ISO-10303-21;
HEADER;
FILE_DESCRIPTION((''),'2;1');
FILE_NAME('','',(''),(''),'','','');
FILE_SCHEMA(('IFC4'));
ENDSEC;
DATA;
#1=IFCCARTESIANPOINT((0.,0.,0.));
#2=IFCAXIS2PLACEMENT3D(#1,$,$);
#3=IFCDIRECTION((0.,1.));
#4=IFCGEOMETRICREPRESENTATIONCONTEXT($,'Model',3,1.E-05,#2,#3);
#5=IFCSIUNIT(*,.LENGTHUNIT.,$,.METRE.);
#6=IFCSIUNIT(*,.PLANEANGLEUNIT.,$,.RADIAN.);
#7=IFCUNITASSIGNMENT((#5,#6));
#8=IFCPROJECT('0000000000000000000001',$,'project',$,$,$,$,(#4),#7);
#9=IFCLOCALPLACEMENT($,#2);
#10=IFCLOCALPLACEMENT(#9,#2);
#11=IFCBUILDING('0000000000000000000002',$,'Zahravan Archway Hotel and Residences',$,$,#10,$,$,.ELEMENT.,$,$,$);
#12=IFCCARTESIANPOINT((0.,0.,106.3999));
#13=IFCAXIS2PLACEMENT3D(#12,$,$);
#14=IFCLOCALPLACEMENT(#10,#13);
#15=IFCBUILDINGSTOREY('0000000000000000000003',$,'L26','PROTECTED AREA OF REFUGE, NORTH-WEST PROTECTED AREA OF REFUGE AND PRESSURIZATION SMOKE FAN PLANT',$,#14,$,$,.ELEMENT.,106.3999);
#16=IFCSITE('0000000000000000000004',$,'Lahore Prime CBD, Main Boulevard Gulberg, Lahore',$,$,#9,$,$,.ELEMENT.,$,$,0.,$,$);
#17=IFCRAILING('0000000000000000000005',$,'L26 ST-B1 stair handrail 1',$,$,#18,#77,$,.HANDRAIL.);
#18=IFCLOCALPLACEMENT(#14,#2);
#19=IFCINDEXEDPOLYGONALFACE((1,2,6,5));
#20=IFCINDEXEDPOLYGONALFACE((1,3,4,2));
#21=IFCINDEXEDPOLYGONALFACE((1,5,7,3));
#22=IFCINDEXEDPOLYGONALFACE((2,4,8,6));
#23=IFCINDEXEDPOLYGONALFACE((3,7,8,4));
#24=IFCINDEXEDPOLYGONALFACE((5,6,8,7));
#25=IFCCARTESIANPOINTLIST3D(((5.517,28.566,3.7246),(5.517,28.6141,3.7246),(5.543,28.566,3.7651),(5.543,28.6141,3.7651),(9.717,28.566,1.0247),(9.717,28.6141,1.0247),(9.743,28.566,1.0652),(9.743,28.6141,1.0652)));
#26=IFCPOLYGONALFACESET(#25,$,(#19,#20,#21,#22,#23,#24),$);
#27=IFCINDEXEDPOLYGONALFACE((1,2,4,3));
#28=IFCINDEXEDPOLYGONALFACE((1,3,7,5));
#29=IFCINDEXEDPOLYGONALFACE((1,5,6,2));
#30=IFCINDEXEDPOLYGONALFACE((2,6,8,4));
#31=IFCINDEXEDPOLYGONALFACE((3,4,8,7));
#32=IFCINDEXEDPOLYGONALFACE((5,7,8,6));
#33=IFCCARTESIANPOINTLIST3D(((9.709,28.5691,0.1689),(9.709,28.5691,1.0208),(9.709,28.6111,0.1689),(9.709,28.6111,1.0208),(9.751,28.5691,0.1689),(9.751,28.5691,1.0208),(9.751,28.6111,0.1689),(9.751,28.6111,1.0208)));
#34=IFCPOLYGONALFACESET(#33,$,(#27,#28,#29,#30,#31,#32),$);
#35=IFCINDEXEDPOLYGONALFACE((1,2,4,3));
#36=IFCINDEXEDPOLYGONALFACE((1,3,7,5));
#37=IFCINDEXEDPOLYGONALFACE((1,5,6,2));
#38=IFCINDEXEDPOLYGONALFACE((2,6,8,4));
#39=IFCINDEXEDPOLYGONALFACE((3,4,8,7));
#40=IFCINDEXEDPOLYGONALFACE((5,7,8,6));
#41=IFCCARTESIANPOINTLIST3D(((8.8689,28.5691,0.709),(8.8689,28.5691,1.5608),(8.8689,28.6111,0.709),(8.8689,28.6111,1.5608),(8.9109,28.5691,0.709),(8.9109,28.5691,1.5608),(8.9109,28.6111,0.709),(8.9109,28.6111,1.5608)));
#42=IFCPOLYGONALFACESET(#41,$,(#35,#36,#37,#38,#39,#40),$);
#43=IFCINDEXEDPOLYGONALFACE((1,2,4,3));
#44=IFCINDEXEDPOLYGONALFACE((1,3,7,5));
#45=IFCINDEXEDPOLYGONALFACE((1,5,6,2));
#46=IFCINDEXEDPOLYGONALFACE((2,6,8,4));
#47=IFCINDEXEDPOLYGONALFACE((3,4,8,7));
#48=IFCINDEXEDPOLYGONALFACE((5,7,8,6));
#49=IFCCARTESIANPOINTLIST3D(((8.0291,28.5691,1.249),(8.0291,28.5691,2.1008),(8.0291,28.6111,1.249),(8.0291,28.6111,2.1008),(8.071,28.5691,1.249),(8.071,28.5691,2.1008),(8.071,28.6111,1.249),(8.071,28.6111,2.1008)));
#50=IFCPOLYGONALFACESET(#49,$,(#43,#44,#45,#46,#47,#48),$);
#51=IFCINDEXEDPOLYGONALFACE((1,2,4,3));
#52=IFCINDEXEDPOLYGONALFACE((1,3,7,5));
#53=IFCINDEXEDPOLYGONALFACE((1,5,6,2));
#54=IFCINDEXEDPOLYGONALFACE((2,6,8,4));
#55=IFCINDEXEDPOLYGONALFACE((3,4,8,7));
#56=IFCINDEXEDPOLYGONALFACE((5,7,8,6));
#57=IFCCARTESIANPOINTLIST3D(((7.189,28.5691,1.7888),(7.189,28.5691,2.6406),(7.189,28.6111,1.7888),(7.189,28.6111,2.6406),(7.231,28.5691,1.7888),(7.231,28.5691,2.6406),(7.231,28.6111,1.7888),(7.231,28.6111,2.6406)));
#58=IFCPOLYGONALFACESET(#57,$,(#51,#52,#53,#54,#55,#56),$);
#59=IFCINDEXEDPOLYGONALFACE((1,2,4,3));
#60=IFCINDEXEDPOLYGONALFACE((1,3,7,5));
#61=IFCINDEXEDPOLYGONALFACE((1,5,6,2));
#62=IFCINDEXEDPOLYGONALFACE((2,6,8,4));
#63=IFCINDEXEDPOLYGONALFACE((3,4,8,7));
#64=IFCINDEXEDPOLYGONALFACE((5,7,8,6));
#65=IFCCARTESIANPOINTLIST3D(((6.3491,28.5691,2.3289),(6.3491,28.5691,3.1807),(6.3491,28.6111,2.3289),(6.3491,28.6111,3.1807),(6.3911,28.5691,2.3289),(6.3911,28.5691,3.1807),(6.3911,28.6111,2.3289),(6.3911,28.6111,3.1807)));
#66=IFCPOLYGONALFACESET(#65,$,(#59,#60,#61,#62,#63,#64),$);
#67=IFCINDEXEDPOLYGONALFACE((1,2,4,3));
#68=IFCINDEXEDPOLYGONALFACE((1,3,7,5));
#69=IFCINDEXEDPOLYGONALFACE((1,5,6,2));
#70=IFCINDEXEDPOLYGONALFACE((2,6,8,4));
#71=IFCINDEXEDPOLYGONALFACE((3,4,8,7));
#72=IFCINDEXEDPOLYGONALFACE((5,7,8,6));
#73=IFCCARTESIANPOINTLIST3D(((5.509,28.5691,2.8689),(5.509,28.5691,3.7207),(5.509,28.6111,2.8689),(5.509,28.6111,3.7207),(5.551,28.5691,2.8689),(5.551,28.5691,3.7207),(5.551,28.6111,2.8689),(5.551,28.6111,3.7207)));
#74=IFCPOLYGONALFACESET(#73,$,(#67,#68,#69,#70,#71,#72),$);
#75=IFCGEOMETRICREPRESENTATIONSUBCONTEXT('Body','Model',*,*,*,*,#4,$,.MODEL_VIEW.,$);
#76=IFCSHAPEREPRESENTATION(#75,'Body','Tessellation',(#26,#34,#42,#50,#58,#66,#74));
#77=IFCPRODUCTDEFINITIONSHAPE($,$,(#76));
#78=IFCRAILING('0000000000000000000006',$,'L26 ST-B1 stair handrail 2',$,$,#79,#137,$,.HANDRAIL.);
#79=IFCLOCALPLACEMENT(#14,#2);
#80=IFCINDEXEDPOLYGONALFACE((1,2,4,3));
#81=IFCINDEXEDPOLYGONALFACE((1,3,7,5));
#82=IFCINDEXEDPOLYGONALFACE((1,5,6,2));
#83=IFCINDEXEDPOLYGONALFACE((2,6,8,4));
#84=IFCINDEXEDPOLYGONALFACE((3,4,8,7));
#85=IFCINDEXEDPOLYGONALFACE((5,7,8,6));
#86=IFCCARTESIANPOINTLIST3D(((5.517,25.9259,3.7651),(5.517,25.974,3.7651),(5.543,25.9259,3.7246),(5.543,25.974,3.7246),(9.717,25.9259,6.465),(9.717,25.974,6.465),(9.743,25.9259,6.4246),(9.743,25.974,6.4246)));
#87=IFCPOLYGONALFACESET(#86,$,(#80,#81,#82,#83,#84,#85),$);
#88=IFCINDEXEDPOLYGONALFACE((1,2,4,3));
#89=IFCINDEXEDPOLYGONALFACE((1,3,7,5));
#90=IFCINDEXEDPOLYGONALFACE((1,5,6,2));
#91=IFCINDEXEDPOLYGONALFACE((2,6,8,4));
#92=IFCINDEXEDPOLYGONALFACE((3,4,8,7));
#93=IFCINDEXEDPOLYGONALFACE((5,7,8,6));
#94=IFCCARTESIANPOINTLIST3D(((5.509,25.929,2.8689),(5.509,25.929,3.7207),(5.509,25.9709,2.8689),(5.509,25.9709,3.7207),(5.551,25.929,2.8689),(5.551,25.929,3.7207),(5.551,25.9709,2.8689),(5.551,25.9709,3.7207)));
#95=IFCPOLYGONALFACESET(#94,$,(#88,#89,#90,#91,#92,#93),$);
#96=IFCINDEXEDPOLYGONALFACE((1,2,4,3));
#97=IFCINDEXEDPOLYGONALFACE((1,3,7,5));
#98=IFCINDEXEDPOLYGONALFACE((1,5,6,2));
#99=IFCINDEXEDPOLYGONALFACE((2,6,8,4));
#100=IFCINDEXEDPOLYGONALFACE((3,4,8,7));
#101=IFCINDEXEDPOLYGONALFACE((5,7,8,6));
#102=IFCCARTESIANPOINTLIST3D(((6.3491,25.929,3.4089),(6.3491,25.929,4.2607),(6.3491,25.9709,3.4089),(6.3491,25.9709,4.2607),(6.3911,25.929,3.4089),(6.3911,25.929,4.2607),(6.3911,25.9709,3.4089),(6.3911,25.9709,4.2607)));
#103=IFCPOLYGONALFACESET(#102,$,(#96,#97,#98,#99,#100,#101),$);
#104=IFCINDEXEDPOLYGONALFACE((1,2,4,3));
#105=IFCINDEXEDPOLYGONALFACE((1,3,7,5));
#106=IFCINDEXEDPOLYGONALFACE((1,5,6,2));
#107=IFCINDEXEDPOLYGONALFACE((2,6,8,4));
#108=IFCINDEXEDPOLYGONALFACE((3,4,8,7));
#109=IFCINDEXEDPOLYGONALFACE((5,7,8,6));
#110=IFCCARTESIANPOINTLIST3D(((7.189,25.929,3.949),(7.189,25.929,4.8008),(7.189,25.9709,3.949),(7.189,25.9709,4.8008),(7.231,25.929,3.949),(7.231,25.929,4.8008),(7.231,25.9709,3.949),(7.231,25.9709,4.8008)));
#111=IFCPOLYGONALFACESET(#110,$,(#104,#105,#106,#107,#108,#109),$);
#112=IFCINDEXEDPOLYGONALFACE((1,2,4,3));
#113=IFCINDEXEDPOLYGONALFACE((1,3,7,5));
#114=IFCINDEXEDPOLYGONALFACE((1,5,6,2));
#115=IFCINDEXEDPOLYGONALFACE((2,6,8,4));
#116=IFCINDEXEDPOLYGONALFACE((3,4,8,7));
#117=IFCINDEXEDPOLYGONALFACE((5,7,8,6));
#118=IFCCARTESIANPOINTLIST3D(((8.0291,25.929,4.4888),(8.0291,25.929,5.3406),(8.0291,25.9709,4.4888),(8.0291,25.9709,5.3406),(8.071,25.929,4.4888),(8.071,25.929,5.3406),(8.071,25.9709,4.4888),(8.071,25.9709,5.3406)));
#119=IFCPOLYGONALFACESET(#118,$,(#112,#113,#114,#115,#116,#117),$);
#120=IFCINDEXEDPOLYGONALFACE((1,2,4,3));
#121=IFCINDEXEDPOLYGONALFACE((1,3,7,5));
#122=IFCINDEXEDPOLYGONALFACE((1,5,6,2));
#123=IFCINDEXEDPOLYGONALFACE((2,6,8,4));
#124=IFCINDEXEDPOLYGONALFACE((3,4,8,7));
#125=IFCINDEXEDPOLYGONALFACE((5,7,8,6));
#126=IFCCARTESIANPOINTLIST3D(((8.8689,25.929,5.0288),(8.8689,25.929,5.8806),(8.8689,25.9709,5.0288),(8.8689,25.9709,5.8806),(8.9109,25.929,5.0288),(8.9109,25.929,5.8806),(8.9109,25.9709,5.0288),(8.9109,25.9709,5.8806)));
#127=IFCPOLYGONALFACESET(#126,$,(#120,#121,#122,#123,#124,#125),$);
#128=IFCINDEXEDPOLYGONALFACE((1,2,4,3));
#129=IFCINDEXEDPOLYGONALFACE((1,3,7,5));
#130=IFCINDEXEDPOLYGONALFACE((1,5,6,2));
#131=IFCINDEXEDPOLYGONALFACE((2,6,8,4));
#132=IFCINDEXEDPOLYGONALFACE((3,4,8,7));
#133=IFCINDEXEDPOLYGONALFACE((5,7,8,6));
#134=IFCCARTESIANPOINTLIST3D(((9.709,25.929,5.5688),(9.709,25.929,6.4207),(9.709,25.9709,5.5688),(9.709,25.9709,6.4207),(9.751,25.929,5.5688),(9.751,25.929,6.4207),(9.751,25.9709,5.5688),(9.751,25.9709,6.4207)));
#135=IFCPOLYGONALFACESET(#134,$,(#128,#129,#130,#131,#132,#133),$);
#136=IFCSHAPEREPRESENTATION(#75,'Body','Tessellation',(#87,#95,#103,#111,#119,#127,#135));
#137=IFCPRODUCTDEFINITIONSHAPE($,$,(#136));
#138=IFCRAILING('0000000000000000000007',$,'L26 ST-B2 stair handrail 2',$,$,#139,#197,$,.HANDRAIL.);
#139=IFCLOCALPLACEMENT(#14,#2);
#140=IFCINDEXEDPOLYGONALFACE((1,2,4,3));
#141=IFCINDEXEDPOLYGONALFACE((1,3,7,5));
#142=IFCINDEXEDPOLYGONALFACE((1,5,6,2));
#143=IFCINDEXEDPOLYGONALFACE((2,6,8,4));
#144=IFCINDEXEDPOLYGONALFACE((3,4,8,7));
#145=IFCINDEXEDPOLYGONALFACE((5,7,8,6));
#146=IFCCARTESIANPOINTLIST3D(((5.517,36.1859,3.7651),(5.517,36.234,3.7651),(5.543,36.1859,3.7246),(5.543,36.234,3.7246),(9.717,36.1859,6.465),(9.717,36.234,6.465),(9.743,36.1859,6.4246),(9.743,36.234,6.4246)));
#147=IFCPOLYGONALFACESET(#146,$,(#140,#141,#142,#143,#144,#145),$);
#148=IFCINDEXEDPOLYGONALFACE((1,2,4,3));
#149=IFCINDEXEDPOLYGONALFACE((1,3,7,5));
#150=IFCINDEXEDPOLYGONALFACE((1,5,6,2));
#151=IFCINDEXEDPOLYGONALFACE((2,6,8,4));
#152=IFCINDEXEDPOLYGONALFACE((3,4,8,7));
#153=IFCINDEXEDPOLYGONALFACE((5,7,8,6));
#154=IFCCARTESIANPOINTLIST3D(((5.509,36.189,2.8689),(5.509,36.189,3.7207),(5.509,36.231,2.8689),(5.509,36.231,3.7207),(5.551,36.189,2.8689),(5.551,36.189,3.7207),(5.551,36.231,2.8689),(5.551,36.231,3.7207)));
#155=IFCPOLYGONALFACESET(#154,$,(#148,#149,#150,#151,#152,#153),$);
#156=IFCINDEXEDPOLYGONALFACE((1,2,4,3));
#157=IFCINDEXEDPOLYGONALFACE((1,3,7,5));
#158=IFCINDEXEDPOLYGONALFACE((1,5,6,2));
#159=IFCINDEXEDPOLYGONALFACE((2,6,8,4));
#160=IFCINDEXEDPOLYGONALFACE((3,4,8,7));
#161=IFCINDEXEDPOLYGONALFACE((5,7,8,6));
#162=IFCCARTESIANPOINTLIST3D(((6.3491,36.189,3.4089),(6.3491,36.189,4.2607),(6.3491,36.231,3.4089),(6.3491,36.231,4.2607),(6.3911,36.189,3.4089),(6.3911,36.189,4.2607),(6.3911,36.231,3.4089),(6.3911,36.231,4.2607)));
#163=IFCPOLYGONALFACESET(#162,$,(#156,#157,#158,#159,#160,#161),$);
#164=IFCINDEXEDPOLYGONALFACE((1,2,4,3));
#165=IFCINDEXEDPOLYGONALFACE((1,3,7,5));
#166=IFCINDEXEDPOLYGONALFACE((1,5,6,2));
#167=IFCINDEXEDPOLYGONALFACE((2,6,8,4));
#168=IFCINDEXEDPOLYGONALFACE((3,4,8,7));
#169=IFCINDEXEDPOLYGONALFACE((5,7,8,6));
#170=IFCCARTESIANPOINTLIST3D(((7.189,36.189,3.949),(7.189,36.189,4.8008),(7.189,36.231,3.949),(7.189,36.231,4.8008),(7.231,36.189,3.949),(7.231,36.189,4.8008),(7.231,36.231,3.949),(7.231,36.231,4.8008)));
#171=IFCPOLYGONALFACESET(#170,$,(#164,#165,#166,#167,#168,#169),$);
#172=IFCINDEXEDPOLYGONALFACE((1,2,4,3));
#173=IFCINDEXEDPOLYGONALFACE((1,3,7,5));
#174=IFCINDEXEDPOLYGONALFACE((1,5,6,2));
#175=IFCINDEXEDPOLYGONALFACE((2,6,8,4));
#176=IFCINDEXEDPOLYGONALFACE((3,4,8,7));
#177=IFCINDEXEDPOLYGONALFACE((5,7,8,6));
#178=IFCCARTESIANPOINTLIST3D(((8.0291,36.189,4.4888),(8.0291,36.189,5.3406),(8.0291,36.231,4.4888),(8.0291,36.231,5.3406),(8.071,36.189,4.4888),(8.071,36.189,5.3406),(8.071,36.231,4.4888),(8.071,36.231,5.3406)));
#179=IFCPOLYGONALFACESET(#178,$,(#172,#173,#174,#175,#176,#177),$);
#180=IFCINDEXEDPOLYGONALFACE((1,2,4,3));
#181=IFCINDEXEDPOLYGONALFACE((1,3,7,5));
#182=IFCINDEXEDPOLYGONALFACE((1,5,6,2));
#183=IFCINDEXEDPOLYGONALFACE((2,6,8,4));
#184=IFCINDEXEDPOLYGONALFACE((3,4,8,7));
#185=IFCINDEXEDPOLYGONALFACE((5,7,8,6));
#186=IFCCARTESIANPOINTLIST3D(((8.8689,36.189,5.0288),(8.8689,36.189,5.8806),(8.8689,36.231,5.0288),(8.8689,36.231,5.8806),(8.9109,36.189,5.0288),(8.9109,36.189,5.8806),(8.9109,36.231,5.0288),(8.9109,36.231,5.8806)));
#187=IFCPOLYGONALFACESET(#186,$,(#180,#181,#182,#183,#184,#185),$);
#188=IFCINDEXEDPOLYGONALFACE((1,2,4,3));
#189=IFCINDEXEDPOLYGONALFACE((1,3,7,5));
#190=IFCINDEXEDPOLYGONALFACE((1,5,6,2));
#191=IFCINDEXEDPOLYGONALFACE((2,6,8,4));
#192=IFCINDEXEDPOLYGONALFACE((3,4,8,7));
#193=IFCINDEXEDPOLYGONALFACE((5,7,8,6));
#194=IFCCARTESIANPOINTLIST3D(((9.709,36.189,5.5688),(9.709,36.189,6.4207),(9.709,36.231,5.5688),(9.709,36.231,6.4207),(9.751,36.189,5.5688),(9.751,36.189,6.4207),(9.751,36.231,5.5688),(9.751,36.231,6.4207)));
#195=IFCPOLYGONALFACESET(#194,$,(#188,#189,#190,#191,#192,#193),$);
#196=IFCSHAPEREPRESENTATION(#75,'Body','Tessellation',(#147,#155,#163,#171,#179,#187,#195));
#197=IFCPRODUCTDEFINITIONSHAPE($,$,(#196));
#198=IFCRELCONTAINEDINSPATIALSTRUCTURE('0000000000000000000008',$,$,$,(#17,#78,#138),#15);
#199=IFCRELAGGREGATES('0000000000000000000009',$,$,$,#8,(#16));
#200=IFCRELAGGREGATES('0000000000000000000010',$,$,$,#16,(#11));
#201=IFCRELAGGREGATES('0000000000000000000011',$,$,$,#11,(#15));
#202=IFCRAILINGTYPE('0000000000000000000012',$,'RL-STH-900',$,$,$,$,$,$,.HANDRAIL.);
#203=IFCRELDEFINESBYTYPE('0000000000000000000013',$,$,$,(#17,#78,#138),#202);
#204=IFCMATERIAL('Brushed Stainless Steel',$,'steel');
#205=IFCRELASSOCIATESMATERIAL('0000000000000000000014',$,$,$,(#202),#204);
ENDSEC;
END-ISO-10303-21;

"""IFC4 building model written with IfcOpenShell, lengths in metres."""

from ifc_helpers import new_model, si_unit, direction, frame, origin, origin_2d, place, context, subcontext, project, spatial, rectangle, extrude, material, type_object, element, save


model = new_model("IFC4")

# Units and contexts
model_context = context("Model", 3, precision=1e-05, world=origin(), true_north=direction((0.0, 1.0)))
body_context = subcontext(model_context, "Body", "Model", "MODEL_VIEW")
ifc_project = project(units=[si_unit("LENGTHUNIT", "METRE"), si_unit("PLANEANGLEUNIT", "RADIAN")], contexts=[model_context])

# Site, building, storey
site_placement = place(None, origin())
site = spatial("IfcSite", under=ifc_project, at=site_placement, Name="Lahore Prime CBD, Main Boulevard Gulberg, Lahore", CompositionType="ELEMENT", RefElevation=0.0)
building_placement = place(site_placement, origin())
building = spatial("IfcBuilding", under=site, at=building_placement, Name="Zahravan Archway Hotel and Residences", CompositionType="ELEMENT")
storey_placement = place(building_placement, frame((0.0, 0.0, 106.3999)))
storey = spatial("IfcBuildingStorey", under=building, at=storey_placement, Name="L26", Description="PROTECTED AREA OF REFUGE, NORTH-WEST PROTECTED AREA OF REFUGE AND PRESSURIZATION SMOKE FAN PLANT", CompositionType="ELEMENT", Elevation=106.3999)

# Shared definitions
ifc_material_1 = material(Name="Brushed Stainless Steel", Category="steel")

# Railings
railing_type_1 = type_object("IfcRailingType", Name="RL-STH-900", PredefinedType="HANDRAIL", material=ifc_material_1)
railing_1_placement = place(storey_placement, frame((9.73, 28.5901, 0.1689)))
element("IfcRailing", 1, at=railing_1_placement, inside=storey, type_object=railing_type_1, Name="L26 ST-B1 stair handrail 1", PredefinedType="HANDRAIL", context=body_context, shape_type="SweptSolid", body=[
    extrude(rectangle(XDim=0.0481, YDim=0.0481, at=origin_2d()), frame((0.0, 0.0, 0.876), z_axis=(-0.84118, 0.0, 0.540755), x_axis=(0.0, -1.0, 0.0)), (0.0, 0.0, 1.0), 4.9929),
    extrude(rectangle(XDim=0.042, YDim=0.042, at=origin_2d()), origin(), (0.0, 0.0, 1.0), 0.8518),
    extrude(rectangle(XDim=0.042, YDim=0.042, at=origin_2d()), frame((-0.8401, 0.0, 0.54)), (0.0, 0.0, 1.0), 0.8518),
    extrude(rectangle(XDim=0.042, YDim=0.042, at=origin_2d()), frame((-1.6799, 0.0, 1.0801)), (0.0, 0.0, 1.0), 0.8518),
    extrude(rectangle(XDim=0.042, YDim=0.042, at=origin_2d()), frame((-2.52, 0.0, 1.6199)), (0.0, 0.0, 1.0), 0.8518),
    extrude(rectangle(XDim=0.042, YDim=0.042, at=origin_2d()), frame((-3.3599, 0.0, 2.1599)), (0.0, 0.0, 1.0), 0.8518),
    extrude(rectangle(XDim=0.042, YDim=0.042, at=origin_2d()), frame((-4.2, 0.0, 2.7)), (0.0, 0.0, 1.0), 0.8518),
])
for number, where, name in (
    (2, (5.53, 25.95, 2.8689), "L26 ST-B1 stair handrail 2"),
    (3, (5.53, 36.21, 2.8689), "L26 ST-B2 stair handrail 2"),
):
    element("IfcRailing", number, at=place(storey_placement, frame(where)), inside=storey, type_object=railing_type_1, Name=name, PredefinedType="HANDRAIL", context=body_context, shape_type="SweptSolid", body=[
        extrude(rectangle(XDim=0.0481, YDim=0.0481, at=origin_2d()), frame((0.0, 0.0, 0.876), z_axis=(0.84118, 0.0, 0.540755), x_axis=(0.0, 1.0, 0.0)), (0.0, 0.0, 1.0), 4.9929),
        extrude(rectangle(XDim=0.042, YDim=0.042, at=origin_2d()), origin(), (0.0, 0.0, 1.0), 0.8518),
        extrude(rectangle(XDim=0.042, YDim=0.042, at=origin_2d()), frame((0.8401, 0.0, 0.54)), (0.0, 0.0, 1.0), 0.8518),
        extrude(rectangle(XDim=0.042, YDim=0.042, at=origin_2d()), frame((1.6799, 0.0, 1.0801)), (0.0, 0.0, 1.0), 0.8518),
        extrude(rectangle(XDim=0.042, YDim=0.042, at=origin_2d()), frame((2.52, 0.0, 1.6199)), (0.0, 0.0, 1.0), 0.8518),
        extrude(rectangle(XDim=0.042, YDim=0.042, at=origin_2d()), frame((3.3599, 0.0, 2.1599)), (0.0, 0.0, 1.0), 0.8518),
        extrude(rectangle(XDim=0.042, YDim=0.042, at=origin_2d()), frame((4.2, 0.0, 2.7)), (0.0, 0.0, 1.0), 0.8518),
    ])

save(model, "model.ifc")
